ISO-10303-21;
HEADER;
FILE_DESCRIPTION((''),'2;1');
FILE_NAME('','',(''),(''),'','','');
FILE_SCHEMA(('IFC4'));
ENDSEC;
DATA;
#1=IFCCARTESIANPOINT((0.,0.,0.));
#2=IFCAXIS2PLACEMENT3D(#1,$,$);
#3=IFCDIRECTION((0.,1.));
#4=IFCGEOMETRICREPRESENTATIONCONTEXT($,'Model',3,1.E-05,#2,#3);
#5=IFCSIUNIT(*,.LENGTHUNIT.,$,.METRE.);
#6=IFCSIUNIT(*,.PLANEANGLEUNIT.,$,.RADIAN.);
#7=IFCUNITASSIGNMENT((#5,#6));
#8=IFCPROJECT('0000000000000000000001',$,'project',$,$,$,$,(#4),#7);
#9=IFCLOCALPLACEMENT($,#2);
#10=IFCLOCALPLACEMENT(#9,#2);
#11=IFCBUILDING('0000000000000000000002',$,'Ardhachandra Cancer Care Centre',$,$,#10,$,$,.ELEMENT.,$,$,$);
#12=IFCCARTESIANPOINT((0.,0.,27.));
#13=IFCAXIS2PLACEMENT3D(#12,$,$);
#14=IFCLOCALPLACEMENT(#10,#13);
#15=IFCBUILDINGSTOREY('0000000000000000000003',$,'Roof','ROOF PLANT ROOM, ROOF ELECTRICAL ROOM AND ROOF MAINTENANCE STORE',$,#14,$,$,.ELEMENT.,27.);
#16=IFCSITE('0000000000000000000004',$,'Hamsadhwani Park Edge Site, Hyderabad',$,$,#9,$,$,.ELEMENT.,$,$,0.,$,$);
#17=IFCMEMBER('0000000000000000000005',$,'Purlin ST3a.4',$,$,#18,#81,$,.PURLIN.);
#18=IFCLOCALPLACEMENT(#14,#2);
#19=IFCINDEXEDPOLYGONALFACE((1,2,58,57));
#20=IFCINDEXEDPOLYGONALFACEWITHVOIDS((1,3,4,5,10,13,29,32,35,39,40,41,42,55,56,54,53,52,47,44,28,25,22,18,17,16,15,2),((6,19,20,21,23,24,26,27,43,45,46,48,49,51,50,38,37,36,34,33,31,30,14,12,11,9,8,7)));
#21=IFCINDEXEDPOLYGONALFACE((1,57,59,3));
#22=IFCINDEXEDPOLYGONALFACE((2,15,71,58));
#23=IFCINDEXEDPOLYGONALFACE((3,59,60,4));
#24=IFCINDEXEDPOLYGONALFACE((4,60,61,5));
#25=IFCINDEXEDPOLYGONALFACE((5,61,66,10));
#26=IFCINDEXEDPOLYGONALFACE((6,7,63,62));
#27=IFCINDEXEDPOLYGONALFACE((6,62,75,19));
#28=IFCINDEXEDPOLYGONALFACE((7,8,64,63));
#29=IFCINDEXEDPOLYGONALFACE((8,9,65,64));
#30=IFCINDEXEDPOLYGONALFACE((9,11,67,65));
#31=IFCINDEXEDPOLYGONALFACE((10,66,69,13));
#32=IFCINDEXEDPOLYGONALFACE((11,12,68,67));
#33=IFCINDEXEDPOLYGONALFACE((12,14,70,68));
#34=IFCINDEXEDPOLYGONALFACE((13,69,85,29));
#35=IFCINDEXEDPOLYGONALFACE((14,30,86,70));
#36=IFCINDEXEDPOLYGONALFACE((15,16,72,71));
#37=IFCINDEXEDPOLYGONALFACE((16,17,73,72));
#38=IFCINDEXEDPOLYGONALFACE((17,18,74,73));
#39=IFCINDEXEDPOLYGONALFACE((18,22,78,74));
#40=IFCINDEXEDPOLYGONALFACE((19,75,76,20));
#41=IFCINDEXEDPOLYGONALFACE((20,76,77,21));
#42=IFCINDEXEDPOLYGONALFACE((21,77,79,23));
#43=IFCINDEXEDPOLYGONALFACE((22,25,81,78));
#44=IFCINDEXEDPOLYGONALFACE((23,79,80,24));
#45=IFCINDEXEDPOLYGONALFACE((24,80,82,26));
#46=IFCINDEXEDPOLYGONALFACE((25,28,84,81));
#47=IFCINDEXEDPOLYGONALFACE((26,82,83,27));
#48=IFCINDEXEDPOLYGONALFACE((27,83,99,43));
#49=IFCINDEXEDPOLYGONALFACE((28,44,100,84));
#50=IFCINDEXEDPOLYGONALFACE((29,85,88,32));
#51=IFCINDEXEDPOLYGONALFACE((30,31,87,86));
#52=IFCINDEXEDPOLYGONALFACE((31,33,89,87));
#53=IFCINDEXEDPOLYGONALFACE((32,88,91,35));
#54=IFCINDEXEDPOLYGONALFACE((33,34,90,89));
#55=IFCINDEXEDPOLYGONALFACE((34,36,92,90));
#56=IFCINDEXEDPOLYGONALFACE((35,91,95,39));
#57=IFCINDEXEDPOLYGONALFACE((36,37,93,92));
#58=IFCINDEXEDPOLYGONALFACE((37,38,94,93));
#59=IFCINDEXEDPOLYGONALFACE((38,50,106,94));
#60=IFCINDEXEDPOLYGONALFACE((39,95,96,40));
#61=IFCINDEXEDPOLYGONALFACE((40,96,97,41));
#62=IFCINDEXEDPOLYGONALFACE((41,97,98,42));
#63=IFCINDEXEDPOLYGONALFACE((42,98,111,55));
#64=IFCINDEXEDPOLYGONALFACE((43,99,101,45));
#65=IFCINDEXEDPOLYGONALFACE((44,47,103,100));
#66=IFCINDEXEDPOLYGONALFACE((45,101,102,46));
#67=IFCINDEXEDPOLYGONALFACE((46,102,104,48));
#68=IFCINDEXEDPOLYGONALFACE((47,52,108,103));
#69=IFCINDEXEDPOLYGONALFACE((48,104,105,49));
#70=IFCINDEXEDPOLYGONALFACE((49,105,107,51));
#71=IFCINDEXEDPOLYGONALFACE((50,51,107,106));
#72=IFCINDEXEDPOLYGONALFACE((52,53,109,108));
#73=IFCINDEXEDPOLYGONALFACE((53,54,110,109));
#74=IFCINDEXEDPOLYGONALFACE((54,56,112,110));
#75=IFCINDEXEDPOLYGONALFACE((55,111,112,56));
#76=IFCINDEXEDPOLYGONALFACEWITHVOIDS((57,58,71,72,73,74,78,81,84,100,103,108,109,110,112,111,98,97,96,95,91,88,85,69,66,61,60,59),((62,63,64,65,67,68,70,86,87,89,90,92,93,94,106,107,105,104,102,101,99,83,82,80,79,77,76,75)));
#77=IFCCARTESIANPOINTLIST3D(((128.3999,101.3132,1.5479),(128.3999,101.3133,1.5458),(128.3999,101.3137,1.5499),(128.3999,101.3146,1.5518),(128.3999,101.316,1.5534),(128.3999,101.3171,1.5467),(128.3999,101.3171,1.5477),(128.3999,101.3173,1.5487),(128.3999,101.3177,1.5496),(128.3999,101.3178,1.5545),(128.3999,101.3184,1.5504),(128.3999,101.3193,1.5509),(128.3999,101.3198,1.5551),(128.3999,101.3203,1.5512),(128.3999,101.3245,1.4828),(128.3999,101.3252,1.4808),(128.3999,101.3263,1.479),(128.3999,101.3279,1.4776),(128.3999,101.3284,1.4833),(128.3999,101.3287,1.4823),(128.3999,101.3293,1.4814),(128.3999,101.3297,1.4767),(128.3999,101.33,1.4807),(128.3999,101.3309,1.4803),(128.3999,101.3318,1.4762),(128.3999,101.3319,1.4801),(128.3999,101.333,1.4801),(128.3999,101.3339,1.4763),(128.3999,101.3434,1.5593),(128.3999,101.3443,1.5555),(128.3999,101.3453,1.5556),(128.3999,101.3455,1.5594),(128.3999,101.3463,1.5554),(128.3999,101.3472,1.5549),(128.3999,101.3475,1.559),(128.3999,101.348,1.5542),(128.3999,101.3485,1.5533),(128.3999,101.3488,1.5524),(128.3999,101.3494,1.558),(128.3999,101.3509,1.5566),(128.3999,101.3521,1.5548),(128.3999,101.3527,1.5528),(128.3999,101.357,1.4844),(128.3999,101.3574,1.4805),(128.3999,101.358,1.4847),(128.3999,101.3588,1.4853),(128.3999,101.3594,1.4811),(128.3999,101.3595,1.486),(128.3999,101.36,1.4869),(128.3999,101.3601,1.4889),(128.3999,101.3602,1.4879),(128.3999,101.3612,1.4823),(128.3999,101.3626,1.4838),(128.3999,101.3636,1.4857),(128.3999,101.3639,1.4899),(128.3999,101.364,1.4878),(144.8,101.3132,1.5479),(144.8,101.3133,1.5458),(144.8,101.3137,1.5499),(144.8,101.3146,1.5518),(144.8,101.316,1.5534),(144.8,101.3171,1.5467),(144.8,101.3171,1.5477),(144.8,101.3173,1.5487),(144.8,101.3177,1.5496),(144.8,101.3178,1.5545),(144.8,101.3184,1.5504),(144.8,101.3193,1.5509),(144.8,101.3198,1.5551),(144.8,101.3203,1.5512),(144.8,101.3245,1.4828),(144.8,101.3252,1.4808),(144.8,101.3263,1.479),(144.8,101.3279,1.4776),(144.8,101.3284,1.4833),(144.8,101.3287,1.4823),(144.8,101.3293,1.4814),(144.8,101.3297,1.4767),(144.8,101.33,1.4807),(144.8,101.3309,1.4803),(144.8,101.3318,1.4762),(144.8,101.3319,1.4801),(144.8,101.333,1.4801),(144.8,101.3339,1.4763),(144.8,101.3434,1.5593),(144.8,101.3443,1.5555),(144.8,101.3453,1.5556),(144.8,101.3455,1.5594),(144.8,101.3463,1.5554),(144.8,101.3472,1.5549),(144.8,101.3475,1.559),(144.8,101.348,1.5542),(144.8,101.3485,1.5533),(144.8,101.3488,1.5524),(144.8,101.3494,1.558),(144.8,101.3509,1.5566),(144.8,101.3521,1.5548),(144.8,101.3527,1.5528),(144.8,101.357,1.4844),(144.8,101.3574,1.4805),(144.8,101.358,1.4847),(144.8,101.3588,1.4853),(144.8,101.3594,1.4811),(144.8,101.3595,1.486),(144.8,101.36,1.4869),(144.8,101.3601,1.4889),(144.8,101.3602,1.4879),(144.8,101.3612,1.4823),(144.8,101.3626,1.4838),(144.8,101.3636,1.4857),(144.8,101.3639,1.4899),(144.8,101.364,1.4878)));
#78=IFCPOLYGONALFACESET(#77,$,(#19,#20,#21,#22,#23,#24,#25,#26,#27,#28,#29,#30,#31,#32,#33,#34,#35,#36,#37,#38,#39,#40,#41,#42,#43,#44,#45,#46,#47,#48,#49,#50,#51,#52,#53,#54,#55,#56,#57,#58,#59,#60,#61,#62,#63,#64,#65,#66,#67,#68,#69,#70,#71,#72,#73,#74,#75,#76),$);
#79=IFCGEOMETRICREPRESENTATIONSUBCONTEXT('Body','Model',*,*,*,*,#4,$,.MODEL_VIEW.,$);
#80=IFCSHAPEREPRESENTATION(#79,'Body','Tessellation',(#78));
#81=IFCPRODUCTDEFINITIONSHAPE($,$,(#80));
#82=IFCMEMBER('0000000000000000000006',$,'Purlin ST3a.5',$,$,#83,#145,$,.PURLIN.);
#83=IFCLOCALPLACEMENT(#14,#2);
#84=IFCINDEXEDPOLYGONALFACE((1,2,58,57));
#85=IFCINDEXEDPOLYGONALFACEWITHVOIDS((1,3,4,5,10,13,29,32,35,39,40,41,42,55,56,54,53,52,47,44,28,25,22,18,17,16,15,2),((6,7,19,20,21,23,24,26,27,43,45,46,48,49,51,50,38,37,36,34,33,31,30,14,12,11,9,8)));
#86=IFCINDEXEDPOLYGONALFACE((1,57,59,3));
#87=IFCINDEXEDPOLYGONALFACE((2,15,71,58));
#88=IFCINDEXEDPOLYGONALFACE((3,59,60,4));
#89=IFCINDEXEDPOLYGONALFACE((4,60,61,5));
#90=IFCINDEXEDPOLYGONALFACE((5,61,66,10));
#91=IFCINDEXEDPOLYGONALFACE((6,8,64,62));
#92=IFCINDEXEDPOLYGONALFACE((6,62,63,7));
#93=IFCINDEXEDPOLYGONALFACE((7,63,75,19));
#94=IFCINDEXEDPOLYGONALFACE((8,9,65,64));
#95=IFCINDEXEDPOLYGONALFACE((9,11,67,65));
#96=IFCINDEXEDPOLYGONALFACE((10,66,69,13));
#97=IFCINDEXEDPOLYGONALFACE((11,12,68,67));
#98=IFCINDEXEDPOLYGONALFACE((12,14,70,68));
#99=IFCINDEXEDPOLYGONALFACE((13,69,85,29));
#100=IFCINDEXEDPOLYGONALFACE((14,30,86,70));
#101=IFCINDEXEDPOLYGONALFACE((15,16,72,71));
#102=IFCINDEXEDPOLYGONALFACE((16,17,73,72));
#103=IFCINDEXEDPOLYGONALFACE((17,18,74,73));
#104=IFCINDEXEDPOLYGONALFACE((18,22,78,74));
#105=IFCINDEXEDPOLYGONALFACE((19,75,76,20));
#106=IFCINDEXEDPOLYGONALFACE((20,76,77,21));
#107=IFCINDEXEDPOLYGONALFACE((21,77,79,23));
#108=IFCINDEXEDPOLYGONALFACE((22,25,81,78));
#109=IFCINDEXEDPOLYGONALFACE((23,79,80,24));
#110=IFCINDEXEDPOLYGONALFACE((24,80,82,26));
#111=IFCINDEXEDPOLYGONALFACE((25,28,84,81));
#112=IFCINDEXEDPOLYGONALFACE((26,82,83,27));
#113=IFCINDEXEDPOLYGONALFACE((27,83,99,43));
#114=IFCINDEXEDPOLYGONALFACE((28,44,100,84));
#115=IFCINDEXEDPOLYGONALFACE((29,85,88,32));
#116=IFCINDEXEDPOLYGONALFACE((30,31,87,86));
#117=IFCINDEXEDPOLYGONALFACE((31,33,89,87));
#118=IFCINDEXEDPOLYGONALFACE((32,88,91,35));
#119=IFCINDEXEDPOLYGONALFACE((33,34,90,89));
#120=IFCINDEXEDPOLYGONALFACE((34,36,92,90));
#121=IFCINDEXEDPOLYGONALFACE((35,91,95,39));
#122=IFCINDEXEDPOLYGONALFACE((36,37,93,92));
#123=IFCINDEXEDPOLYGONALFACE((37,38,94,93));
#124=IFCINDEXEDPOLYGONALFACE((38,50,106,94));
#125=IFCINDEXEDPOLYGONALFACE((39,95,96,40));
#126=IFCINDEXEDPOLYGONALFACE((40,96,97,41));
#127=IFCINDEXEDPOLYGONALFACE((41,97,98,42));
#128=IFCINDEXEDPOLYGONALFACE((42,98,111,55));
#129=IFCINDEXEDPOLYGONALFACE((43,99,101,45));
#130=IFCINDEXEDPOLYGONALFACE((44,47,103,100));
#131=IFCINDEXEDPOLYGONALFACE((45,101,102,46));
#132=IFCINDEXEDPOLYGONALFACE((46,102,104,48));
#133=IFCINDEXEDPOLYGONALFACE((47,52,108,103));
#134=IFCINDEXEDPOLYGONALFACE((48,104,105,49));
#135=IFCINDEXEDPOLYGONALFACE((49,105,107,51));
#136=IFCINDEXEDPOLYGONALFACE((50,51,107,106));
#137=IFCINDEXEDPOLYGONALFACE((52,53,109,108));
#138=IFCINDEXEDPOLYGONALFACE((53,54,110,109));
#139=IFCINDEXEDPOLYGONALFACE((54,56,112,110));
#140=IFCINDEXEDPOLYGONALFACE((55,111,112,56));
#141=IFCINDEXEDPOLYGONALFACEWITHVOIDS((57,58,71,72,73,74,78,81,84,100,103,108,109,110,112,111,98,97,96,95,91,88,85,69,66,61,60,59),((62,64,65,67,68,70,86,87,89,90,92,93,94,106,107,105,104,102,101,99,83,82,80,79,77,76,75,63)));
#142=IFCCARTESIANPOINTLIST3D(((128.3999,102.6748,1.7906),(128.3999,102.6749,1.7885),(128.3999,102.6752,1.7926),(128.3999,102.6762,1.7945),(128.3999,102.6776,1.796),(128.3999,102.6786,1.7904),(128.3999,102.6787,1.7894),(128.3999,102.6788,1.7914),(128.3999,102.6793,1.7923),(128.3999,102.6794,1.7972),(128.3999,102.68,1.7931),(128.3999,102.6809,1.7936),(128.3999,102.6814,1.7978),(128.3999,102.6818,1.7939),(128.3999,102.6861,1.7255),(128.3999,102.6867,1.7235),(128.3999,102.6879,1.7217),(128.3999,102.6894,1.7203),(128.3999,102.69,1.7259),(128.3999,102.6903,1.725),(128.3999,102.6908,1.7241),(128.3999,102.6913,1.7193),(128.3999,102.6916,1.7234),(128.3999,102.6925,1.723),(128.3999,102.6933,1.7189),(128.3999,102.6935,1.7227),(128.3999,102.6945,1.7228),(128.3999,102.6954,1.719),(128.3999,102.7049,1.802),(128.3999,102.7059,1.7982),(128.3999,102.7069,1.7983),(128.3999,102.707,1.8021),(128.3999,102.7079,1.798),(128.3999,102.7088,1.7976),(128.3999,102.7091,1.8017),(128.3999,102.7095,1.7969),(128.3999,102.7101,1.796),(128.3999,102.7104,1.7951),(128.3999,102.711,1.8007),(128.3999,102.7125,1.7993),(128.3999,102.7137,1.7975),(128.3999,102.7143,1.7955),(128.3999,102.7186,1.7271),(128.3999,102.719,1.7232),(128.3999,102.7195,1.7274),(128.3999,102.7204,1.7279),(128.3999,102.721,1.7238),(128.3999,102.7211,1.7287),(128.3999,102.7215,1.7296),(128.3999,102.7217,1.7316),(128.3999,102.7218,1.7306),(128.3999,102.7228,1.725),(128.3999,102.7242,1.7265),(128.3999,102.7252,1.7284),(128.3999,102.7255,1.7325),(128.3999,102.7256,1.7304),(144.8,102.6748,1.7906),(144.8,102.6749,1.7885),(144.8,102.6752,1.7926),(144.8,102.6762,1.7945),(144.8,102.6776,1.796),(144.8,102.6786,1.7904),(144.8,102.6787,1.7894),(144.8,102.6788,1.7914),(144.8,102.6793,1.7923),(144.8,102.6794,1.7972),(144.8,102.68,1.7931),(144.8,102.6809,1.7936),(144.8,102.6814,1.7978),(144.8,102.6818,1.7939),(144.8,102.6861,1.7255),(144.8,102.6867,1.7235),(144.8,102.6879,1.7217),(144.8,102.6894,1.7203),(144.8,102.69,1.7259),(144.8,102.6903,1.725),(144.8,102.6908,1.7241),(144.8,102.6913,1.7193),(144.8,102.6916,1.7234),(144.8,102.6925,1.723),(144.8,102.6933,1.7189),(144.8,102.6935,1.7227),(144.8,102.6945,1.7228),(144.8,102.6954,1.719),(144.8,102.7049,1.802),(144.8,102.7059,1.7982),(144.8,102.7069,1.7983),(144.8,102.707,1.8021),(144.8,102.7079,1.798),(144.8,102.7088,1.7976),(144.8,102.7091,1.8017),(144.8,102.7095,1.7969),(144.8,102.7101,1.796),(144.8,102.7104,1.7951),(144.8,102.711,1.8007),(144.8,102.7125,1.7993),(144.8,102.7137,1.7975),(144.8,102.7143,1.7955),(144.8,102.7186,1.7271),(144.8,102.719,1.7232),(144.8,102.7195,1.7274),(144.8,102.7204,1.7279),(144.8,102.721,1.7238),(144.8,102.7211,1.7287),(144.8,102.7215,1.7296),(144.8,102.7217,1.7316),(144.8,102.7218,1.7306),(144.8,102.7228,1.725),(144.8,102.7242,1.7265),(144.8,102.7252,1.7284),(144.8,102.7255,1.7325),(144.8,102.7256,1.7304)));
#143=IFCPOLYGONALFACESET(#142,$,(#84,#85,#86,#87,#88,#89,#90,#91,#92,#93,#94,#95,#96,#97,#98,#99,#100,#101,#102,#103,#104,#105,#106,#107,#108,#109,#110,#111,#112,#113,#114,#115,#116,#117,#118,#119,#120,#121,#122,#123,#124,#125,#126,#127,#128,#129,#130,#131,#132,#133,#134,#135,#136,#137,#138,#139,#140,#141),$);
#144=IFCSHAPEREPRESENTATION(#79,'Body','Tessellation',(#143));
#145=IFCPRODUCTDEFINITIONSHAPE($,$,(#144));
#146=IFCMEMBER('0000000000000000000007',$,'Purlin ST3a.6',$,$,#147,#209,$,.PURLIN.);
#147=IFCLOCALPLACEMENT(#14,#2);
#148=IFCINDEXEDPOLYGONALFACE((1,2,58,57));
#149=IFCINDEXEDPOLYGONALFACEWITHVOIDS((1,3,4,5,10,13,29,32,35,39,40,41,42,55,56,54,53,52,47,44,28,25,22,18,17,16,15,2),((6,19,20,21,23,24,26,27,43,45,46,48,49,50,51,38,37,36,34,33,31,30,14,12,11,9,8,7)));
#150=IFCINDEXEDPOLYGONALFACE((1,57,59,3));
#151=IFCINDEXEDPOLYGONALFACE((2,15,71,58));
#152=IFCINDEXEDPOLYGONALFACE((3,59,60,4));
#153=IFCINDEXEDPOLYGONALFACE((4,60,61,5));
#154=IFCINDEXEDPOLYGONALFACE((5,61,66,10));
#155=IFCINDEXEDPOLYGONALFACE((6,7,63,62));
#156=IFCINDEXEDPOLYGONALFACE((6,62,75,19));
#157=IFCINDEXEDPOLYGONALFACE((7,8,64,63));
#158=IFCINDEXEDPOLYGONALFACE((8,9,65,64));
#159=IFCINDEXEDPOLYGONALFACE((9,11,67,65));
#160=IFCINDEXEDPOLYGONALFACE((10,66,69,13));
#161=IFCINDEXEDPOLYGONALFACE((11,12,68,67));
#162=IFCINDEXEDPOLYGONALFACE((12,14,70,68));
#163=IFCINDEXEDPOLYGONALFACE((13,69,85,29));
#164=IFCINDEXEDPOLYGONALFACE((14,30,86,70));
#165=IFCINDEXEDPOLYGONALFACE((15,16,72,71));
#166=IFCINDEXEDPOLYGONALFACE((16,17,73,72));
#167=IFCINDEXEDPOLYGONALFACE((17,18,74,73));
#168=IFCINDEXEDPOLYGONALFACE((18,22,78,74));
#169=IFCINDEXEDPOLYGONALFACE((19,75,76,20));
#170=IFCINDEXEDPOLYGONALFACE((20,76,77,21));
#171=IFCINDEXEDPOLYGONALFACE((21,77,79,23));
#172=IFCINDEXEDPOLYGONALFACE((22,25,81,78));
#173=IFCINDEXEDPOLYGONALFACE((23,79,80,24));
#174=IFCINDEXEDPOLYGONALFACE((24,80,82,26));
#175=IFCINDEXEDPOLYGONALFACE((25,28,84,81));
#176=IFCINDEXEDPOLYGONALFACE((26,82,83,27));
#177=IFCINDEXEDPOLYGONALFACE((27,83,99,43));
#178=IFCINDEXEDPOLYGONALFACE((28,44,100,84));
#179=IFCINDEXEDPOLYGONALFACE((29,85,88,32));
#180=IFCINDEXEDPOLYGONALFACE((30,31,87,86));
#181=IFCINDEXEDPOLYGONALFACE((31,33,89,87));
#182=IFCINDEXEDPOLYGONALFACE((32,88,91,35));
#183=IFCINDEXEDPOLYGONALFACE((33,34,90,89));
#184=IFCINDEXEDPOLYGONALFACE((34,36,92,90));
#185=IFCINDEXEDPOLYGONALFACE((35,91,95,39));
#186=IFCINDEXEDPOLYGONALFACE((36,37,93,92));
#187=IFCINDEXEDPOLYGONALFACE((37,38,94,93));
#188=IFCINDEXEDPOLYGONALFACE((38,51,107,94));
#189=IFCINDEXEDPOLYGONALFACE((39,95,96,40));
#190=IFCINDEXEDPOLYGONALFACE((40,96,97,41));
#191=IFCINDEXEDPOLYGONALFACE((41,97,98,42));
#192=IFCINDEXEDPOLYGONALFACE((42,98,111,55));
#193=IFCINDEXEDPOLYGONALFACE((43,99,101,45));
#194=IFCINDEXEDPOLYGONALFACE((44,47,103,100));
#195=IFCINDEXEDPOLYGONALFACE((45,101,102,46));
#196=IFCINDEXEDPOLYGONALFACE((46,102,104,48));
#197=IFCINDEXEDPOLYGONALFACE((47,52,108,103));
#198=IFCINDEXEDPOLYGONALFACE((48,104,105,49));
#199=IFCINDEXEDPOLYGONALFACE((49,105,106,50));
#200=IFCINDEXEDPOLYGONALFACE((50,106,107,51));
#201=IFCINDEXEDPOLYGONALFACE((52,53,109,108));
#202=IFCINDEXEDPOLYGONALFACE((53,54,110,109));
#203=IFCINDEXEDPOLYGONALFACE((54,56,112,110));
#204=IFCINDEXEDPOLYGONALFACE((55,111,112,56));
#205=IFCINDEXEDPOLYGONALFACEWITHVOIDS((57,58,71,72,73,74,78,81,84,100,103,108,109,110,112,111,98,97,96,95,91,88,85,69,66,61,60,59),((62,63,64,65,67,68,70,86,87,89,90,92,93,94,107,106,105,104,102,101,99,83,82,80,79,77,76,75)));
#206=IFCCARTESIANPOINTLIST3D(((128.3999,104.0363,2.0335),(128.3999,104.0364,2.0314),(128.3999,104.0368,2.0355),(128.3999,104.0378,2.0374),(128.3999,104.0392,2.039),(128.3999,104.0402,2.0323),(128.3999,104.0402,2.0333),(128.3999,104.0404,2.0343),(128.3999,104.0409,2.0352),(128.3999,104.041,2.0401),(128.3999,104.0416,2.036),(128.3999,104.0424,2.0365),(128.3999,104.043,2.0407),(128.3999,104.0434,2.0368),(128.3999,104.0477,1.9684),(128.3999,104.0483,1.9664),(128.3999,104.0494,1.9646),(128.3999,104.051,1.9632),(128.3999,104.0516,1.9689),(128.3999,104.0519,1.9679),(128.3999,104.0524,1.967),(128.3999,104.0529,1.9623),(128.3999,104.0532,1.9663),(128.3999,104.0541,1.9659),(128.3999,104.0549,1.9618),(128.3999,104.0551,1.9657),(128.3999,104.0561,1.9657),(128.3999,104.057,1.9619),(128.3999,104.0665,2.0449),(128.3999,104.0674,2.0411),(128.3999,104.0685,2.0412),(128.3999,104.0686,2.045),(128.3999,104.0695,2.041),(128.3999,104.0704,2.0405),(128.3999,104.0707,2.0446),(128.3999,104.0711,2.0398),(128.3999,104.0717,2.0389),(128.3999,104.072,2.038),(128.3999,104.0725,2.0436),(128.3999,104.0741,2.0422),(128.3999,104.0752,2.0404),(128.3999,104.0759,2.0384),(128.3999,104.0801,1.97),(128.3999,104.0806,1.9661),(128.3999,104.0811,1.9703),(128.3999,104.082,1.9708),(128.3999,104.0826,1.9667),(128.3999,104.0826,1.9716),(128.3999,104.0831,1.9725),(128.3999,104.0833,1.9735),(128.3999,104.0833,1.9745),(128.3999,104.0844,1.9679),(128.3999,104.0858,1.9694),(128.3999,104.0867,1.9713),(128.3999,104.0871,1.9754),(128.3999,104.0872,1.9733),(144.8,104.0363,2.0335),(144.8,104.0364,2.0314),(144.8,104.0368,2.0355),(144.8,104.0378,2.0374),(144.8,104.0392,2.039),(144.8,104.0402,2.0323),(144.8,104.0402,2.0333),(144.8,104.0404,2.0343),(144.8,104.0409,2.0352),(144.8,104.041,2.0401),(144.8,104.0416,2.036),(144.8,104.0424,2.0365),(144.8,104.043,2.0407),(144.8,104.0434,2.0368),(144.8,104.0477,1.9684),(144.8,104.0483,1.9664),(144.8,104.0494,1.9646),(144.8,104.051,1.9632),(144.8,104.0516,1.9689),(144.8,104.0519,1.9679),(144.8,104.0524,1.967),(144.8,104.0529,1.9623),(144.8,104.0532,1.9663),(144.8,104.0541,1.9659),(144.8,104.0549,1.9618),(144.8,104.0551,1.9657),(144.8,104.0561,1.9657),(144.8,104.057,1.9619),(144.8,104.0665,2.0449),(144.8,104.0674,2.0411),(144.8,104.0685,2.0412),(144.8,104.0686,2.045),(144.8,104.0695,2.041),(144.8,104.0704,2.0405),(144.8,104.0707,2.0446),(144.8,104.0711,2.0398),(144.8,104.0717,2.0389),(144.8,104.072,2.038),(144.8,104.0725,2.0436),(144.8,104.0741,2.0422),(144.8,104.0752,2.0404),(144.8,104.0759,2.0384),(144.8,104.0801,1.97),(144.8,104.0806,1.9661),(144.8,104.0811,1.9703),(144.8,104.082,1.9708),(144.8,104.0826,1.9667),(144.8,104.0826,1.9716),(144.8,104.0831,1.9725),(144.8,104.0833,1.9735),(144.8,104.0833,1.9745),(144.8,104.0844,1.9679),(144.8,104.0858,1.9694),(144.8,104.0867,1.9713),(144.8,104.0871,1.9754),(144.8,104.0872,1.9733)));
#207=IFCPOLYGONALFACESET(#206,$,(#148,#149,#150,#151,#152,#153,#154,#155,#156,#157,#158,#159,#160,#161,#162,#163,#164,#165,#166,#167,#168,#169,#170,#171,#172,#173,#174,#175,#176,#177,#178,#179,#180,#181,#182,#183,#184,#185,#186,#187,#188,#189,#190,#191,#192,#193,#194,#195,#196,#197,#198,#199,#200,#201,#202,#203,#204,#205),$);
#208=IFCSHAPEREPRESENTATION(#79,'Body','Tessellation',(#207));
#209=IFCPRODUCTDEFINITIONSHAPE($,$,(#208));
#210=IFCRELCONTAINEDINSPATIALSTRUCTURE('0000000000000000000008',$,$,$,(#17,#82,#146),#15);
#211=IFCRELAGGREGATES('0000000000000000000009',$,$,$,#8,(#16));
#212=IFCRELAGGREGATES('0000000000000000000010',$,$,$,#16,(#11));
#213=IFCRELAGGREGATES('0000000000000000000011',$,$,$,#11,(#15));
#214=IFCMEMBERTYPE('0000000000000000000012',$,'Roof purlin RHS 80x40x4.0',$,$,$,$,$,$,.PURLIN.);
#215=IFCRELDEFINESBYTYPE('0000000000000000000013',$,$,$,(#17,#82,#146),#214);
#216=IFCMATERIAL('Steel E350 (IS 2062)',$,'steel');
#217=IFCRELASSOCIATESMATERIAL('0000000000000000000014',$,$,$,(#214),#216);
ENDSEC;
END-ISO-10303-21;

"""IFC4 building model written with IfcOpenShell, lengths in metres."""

from ifc_helpers import new_model, si_unit, direction, frame, origin, origin_2d, place, context, subcontext, project, spatial, hollow_rectangle, extrude, material, material_profile, profile_set, type_object, element, save


model = new_model("IFC4")

# Units and contexts
model_context = context("Model", 3, precision=1e-05, world=origin(), true_north=direction((0.0, 1.0)))
body_context = subcontext(model_context, "Body", "Model", "MODEL_VIEW")
ifc_project = project(units=[si_unit("LENGTHUNIT", "METRE"), si_unit("PLANEANGLEUNIT", "RADIAN")], contexts=[model_context])

# Site, building, storey
site_placement = place(None, origin())
site = spatial("IfcSite", under=ifc_project, at=site_placement, Name="Hamsadhwani Park Edge Site, Hyderabad", CompositionType="ELEMENT", RefElevation=0.0)
building_placement = place(site_placement, origin())
building = spatial("IfcBuilding", under=site, at=building_placement, Name="Ardhachandra Cancer Care Centre", CompositionType="ELEMENT")
storey_placement = place(building_placement, frame((0.0, 0.0, 27.0)))
storey = spatial("IfcBuildingStorey", under=building, at=storey_placement, Name="Roof", Description="ROOF PLANT ROOM, ROOF ELECTRICAL ROOM AND ROOF MAINTENANCE STORE", CompositionType="ELEMENT", Elevation=27.0)

# Members
ifc_material_1 = material(Name="Steel E350 (IS 2062)", Category="steel")
ifc_material_profile_1 = material_profile(ifc_material_1, hollow_rectangle(XDim=0.04, YDim=0.0801, WallThickness=0.0039, InnerFilletRadius=0.0039, OuterFilletRadius=0.0081, at=origin_2d()), Name="RHS 80x40x4.0")
ifc_profile_set_1 = profile_set([ifc_material_profile_1], Name="Steel E350 (IS 2062)")
member_type_1 = type_object("IfcMemberType", Name="Roof purlin RHS 80x40x4.0", PredefinedType="PURLIN", material=ifc_profile_set_1)
for number, where, z_axis, x_axis, name in (
    (1, (128.3999, 101.3386, 1.5178), (1.0, 0.0, 0.0), (0.0, 0.98446, 0.175606), "Purlin ST3a.4"),
    (2, (128.3999, 102.7002, 1.7605), (1.0, 0.0, 0.0), (0.0, 0.98446, 0.175606), "Purlin ST3a.5"),
    (3, (128.3999, 104.0618, 2.0034), (1.0, 0.0, 0.0), (0.0, 0.98446, 0.175606), "Purlin ST3a.6"),
):
    element("IfcMember", number, at=place(storey_placement, frame(where, z_axis=z_axis, x_axis=x_axis)), inside=storey, type_object=member_type_1, Name=name, PredefinedType="PURLIN", context=body_context, shape_type="SweptSolid", body=[
        extrude(hollow_rectangle(XDim=0.04, YDim=0.0801, WallThickness=0.0039, InnerFilletRadius=0.0039, OuterFilletRadius=0.0081, at=origin_2d()), origin(), (0.0, 0.0, 1.0), 16.4001),
    ])

save(model, "model.ifc")
